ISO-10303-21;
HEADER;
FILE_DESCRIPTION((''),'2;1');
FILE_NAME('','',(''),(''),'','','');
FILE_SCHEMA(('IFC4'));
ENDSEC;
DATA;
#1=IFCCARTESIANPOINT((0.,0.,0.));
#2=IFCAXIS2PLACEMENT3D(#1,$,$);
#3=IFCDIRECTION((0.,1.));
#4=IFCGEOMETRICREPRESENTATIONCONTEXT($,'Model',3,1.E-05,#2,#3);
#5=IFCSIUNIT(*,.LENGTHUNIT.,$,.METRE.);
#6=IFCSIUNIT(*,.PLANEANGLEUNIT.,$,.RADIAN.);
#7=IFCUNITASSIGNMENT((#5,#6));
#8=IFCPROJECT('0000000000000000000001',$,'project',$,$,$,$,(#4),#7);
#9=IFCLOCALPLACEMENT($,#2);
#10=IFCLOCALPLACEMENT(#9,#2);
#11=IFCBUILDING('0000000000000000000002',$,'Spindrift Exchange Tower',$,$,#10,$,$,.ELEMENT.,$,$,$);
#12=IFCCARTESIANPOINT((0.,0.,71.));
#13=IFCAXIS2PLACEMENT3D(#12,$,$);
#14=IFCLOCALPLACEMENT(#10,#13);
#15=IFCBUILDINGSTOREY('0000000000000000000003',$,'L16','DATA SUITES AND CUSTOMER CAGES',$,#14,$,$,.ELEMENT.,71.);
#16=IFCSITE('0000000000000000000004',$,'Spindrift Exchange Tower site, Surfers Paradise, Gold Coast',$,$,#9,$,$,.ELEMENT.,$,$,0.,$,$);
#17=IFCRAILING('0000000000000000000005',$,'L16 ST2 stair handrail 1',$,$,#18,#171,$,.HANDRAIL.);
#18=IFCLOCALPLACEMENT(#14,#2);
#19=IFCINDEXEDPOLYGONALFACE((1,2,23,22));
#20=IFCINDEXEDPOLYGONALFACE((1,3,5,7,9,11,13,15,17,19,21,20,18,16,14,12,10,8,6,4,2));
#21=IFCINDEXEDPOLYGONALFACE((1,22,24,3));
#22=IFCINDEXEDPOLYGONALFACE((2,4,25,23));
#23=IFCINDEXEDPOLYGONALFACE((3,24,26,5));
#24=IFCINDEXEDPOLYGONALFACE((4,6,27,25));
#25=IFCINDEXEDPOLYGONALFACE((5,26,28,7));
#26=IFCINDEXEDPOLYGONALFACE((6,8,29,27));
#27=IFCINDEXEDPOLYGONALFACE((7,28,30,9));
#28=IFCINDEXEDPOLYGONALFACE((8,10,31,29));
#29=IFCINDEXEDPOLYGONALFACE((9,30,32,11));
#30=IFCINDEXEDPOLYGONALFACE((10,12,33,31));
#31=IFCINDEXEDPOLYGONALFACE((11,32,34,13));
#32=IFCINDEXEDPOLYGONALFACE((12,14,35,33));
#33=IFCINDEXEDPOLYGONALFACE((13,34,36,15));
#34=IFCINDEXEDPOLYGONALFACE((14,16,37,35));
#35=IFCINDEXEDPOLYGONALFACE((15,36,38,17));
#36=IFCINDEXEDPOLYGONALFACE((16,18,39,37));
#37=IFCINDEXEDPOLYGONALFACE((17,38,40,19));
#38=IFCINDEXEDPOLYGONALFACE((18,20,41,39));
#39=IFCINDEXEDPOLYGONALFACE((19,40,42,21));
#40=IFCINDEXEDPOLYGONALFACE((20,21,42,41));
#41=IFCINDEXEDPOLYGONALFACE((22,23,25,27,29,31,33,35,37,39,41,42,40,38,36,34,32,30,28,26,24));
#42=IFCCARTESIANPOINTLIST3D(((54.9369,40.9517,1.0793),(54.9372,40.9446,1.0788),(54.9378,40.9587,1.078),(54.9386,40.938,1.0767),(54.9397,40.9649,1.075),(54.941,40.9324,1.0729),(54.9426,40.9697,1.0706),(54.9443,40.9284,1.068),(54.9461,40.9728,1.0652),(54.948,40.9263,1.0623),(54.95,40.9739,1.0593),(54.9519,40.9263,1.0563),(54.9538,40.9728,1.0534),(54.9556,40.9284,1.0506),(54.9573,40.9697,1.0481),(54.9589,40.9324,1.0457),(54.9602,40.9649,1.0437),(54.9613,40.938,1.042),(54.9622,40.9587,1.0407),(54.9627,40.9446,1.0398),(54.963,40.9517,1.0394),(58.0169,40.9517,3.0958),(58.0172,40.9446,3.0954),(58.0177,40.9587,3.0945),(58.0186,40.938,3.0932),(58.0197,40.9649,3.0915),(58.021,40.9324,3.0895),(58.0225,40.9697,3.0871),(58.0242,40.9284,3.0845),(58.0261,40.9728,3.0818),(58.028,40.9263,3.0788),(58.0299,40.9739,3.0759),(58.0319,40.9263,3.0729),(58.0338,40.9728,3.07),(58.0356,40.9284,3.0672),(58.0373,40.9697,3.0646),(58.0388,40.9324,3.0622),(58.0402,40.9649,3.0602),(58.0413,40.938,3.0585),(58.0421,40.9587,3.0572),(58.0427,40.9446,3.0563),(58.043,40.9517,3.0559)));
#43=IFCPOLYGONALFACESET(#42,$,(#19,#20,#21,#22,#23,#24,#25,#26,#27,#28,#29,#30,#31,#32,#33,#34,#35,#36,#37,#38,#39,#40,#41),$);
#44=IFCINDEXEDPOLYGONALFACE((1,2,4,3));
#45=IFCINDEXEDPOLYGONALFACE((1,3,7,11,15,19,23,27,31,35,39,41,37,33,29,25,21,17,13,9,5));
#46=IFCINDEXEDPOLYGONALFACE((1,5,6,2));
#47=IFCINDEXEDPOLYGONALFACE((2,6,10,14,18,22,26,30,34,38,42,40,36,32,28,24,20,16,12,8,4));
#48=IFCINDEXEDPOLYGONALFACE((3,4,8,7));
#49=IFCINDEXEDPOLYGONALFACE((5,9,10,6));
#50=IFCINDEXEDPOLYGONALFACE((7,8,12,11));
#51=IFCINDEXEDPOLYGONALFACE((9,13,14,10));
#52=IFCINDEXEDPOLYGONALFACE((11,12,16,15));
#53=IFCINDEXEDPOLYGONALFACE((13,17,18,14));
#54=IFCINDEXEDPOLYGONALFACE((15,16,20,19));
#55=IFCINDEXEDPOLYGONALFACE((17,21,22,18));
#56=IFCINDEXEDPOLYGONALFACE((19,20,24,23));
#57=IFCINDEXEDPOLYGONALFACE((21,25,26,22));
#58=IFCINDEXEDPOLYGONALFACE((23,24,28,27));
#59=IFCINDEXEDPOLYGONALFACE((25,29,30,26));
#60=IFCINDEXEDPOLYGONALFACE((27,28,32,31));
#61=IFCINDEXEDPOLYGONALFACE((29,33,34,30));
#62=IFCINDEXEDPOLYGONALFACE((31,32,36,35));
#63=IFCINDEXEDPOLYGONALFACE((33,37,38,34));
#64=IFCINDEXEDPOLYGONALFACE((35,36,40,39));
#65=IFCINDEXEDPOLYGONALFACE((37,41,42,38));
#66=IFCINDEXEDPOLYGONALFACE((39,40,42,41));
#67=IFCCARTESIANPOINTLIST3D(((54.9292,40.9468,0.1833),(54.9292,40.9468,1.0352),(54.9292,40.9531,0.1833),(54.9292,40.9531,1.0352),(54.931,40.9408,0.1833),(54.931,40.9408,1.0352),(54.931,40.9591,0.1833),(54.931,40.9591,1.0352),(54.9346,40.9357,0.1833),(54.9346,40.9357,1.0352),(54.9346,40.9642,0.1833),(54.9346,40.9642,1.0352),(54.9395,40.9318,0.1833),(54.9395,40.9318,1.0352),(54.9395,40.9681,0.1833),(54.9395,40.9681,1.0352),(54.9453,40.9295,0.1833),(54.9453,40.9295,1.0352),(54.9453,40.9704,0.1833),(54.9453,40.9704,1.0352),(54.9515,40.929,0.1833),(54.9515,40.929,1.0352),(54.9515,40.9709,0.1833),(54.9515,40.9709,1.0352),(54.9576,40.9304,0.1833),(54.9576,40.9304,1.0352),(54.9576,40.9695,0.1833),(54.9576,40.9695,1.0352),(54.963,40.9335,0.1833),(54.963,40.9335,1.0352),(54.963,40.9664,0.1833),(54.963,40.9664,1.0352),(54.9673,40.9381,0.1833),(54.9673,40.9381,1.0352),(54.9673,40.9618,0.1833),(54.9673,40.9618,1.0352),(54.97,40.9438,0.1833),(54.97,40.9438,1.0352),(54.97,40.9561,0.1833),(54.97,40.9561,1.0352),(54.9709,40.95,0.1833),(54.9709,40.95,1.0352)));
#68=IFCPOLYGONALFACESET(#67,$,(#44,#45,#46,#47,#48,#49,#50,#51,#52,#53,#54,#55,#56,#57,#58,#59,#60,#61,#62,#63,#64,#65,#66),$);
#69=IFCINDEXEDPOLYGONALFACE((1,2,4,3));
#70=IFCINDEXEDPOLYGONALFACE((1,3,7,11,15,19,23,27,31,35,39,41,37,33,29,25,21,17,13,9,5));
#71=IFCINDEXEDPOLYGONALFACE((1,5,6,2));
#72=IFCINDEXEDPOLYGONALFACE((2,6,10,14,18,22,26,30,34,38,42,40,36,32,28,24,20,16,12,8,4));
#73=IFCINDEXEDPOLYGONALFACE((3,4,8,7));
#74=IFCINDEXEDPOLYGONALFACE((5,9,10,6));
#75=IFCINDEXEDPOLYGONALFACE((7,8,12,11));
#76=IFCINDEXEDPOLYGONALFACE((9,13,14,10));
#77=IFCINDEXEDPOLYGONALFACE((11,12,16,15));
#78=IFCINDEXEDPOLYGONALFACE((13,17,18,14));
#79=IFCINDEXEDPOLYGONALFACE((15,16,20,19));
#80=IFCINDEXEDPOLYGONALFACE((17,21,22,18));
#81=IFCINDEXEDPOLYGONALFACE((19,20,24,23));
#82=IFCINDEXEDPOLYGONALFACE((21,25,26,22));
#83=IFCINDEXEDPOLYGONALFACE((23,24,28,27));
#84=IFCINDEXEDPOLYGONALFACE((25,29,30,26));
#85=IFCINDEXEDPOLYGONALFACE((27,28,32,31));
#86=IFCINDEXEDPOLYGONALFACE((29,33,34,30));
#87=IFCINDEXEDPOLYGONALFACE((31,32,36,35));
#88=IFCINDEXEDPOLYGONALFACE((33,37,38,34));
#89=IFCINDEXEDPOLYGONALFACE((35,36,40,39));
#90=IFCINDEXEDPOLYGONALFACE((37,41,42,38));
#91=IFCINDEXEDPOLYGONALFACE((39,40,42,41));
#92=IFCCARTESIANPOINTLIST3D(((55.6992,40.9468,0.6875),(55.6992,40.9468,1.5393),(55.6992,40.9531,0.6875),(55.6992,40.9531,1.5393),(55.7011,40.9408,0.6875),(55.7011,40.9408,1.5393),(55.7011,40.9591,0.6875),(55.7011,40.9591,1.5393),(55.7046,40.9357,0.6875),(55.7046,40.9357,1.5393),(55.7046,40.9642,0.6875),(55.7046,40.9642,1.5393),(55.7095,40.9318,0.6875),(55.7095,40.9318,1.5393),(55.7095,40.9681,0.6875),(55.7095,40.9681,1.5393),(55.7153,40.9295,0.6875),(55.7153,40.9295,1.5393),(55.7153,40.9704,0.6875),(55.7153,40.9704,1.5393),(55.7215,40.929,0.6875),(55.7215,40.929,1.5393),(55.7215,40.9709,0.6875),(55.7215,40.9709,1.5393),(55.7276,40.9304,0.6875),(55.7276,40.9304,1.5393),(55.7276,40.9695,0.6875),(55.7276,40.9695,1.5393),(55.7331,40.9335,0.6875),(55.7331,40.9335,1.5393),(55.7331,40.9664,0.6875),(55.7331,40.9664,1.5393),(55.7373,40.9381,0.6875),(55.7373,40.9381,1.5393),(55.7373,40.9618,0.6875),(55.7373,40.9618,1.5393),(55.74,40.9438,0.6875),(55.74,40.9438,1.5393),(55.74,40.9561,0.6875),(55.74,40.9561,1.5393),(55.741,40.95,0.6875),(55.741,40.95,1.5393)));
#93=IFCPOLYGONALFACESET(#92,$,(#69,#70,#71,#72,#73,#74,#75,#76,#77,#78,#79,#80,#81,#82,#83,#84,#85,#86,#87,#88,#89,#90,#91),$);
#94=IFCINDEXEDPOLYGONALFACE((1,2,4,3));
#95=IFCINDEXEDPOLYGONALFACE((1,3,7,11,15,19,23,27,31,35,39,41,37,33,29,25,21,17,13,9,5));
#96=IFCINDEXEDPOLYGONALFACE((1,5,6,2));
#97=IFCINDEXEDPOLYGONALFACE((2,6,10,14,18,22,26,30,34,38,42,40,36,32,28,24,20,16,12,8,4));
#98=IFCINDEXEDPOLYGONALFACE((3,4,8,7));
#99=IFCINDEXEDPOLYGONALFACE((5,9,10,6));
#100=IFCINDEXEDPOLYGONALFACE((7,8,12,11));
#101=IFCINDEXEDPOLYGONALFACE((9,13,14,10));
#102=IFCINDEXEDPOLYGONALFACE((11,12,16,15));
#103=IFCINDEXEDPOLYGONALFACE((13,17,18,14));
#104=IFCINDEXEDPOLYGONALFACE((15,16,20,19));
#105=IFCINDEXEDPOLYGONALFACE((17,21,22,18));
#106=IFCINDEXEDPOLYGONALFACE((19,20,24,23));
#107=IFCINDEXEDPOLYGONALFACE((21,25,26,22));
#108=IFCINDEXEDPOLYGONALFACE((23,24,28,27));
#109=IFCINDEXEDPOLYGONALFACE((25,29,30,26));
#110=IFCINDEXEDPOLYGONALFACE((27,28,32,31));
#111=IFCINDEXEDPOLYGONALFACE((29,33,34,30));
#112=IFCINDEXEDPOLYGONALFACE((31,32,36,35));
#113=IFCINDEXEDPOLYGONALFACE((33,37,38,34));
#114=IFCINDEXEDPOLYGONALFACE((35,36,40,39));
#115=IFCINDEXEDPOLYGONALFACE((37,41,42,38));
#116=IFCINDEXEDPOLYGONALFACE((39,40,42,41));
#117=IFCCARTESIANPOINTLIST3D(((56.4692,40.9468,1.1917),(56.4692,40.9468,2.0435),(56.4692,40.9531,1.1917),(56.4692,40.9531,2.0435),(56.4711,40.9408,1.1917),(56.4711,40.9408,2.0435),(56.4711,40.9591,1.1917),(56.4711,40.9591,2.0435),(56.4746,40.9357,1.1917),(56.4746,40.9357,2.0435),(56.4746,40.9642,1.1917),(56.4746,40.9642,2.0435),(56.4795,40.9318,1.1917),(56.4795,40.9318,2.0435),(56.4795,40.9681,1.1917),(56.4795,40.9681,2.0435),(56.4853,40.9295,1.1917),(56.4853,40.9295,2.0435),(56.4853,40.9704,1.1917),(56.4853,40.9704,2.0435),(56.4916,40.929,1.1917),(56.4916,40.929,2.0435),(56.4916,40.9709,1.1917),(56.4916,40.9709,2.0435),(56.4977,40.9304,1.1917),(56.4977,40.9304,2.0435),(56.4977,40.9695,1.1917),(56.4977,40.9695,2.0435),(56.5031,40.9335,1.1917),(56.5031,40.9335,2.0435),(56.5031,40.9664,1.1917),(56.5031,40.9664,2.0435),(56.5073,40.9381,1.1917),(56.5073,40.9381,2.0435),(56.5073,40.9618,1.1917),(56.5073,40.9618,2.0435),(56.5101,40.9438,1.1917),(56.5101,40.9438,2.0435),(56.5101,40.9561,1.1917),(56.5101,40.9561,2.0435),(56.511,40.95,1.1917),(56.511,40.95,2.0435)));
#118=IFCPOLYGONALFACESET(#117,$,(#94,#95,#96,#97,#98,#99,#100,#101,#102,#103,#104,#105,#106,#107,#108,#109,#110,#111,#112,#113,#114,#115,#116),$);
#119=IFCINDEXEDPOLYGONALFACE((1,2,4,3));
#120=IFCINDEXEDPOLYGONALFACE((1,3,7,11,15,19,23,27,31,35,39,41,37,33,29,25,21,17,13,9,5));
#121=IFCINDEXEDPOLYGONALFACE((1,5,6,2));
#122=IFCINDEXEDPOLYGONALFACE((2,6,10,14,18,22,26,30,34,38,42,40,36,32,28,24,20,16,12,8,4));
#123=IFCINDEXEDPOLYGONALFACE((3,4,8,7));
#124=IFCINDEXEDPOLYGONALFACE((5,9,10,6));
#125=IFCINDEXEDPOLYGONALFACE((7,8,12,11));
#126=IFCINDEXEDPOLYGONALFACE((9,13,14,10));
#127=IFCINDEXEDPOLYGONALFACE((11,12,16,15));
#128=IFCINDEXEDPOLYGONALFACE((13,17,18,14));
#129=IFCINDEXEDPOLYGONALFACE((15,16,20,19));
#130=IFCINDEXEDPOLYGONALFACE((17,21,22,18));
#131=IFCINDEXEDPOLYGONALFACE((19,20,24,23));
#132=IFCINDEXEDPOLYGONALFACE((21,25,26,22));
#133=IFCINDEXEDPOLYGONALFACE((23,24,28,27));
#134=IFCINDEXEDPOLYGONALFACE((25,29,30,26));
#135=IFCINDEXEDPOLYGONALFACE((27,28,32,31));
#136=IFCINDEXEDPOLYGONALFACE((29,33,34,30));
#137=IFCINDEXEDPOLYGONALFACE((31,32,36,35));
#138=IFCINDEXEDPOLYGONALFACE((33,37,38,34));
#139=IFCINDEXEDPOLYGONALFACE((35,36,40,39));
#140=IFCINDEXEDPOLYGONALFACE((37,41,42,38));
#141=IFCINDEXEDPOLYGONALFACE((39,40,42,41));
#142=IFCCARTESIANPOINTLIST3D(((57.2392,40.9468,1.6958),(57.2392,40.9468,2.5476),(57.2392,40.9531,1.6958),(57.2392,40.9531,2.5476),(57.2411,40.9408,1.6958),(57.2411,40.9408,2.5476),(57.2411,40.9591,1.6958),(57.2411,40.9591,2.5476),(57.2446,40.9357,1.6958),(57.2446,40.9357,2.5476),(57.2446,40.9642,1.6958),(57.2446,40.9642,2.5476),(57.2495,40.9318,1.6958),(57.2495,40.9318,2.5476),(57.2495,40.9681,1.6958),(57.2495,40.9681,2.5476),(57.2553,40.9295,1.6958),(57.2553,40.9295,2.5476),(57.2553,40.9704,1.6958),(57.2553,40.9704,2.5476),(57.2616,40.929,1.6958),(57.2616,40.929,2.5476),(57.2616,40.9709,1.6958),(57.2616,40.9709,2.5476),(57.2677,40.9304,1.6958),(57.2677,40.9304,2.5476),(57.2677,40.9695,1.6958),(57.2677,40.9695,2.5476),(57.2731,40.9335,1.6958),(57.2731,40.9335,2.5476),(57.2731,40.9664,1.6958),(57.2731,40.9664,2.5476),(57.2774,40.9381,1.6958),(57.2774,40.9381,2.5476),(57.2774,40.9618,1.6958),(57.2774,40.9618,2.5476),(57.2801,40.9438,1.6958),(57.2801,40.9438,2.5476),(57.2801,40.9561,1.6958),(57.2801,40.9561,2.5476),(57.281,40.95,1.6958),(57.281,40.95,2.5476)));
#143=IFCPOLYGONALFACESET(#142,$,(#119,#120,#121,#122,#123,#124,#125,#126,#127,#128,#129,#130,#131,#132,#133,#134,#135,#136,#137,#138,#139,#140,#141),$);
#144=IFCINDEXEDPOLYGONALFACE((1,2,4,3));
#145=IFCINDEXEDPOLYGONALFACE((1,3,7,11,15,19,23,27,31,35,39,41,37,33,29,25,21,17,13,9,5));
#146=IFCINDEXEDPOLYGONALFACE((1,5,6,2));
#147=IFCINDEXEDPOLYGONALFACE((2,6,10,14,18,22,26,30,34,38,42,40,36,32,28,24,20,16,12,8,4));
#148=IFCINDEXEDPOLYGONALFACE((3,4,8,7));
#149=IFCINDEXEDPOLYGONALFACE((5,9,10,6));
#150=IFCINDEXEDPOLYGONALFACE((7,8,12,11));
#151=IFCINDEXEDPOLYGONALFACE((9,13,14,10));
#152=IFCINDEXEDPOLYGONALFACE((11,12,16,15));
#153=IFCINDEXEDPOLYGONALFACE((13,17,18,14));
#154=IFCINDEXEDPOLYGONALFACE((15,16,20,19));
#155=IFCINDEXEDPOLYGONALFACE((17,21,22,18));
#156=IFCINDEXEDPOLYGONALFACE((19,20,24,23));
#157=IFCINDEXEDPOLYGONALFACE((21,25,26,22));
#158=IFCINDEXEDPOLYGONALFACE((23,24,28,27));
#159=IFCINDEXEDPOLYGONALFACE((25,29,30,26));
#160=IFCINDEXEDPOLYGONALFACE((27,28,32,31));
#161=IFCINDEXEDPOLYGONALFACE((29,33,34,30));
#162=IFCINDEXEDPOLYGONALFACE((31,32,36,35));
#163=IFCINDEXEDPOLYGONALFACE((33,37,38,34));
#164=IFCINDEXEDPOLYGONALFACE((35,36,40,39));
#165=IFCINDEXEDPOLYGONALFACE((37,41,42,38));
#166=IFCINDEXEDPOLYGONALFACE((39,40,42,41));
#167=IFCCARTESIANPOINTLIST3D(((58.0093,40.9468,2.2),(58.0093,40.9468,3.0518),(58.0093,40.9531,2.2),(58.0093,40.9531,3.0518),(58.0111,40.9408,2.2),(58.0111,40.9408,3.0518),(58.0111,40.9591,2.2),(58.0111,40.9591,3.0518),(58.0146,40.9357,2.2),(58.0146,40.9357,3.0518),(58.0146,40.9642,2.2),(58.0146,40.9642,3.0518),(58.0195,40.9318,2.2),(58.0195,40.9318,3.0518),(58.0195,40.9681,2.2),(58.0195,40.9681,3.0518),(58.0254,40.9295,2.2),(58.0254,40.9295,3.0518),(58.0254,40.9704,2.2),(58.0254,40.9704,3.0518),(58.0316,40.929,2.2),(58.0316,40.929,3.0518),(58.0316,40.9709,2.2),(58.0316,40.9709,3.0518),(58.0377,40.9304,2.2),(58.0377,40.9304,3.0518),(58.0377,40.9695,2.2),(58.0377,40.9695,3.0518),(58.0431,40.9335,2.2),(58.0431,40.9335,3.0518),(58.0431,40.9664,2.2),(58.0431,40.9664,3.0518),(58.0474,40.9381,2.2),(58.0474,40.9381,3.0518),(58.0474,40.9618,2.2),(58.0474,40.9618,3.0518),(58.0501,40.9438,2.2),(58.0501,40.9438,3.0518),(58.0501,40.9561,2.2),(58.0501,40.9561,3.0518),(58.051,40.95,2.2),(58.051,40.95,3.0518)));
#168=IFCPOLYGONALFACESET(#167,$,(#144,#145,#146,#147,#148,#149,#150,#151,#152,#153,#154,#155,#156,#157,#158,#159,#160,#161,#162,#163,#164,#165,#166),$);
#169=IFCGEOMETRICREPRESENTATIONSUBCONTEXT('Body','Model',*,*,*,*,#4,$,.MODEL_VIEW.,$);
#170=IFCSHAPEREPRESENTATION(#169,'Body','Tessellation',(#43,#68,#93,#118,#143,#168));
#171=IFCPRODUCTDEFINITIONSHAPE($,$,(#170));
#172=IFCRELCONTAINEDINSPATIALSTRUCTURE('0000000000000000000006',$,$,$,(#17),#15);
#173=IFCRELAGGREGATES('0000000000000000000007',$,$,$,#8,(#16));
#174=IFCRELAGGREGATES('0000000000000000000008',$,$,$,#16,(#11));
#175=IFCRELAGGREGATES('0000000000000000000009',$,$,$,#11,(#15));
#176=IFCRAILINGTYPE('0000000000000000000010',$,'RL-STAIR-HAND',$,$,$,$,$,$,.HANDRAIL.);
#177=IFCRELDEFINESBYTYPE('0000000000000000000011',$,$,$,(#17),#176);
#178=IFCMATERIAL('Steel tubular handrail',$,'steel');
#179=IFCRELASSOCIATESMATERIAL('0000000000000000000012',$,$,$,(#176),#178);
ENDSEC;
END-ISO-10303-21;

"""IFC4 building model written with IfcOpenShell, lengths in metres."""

from ifc_helpers import new_model, si_unit, direction, frame, origin, origin_2d, place, context, subcontext, project, spatial, circle, extrude, material, type_object, element, save


model = new_model("IFC4")

# Units and contexts
model_context = context("Model", 3, precision=1e-05, world=origin(), true_north=direction((0.0, 1.0)))
body_context = subcontext(model_context, "Body", "Model", "MODEL_VIEW")
ifc_project = project(units=[si_unit("LENGTHUNIT", "METRE"), si_unit("PLANEANGLEUNIT", "RADIAN")], contexts=[model_context])

# Site, building, storey
site_placement = place(None, origin())
site = spatial("IfcSite", under=ifc_project, at=site_placement, Name="Spindrift Exchange Tower site, Surfers Paradise, Gold Coast", CompositionType="ELEMENT", RefElevation=0.0)
building_placement = place(site_placement, origin())
building = spatial("IfcBuilding", under=site, at=building_placement, Name="Spindrift Exchange Tower", CompositionType="ELEMENT")
storey_placement = place(building_placement, frame((0.0, 0.0, 71.0)))
storey = spatial("IfcBuildingStorey", under=building, at=storey_placement, Name="L16", Description="DATA SUITES AND CUSTOMER CAGES", CompositionType="ELEMENT", Elevation=71.0)

# Railing
ifc_material_1 = material(Name="Steel tubular handrail", Category="steel")
railing_type_1 = type_object("IfcRailingType", Name="RL-STAIR-HAND", PredefinedType="HANDRAIL", material=ifc_material_1)
railing_1_placement = place(storey_placement, frame((54.95, 40.95, 0.1833)))
element("IfcRailing", 1, at=railing_1_placement, inside=storey, type_object=railing_type_1, Name="L16 ST2 stair handrail 1", PredefinedType="HANDRAIL", context=body_context, shape_type="SweptSolid", body=[
    extrude(circle(Radius=0.0239, at=origin_2d()), frame((0.0, 0.0, 0.876), z_axis=(0.836633, 0.0, 0.547764), x_axis=(0.0, 1.0, 0.0)), (0.0, 0.0, 1.0), 3.6814),
    extrude(circle(Radius=0.021, at=origin_2d()), origin(), (0.0, 0.0, 1.0), 0.8518),
    extrude(circle(Radius=0.021, at=origin_2d()), frame((0.77, 0.0, 0.5042)), (0.0, 0.0, 1.0), 0.8518),
    extrude(circle(Radius=0.021, at=origin_2d()), frame((1.54, 0.0, 1.0083)), (0.0, 0.0, 1.0), 0.8518),
    extrude(circle(Radius=0.021, at=origin_2d()), frame((2.3101, 0.0, 1.5125)), (0.0, 0.0, 1.0), 0.8518),
    extrude(circle(Radius=0.021, at=origin_2d()), frame((3.0801, 0.0, 2.0166)), (0.0, 0.0, 1.0), 0.8518),
])

save(model, "model.ifc")
